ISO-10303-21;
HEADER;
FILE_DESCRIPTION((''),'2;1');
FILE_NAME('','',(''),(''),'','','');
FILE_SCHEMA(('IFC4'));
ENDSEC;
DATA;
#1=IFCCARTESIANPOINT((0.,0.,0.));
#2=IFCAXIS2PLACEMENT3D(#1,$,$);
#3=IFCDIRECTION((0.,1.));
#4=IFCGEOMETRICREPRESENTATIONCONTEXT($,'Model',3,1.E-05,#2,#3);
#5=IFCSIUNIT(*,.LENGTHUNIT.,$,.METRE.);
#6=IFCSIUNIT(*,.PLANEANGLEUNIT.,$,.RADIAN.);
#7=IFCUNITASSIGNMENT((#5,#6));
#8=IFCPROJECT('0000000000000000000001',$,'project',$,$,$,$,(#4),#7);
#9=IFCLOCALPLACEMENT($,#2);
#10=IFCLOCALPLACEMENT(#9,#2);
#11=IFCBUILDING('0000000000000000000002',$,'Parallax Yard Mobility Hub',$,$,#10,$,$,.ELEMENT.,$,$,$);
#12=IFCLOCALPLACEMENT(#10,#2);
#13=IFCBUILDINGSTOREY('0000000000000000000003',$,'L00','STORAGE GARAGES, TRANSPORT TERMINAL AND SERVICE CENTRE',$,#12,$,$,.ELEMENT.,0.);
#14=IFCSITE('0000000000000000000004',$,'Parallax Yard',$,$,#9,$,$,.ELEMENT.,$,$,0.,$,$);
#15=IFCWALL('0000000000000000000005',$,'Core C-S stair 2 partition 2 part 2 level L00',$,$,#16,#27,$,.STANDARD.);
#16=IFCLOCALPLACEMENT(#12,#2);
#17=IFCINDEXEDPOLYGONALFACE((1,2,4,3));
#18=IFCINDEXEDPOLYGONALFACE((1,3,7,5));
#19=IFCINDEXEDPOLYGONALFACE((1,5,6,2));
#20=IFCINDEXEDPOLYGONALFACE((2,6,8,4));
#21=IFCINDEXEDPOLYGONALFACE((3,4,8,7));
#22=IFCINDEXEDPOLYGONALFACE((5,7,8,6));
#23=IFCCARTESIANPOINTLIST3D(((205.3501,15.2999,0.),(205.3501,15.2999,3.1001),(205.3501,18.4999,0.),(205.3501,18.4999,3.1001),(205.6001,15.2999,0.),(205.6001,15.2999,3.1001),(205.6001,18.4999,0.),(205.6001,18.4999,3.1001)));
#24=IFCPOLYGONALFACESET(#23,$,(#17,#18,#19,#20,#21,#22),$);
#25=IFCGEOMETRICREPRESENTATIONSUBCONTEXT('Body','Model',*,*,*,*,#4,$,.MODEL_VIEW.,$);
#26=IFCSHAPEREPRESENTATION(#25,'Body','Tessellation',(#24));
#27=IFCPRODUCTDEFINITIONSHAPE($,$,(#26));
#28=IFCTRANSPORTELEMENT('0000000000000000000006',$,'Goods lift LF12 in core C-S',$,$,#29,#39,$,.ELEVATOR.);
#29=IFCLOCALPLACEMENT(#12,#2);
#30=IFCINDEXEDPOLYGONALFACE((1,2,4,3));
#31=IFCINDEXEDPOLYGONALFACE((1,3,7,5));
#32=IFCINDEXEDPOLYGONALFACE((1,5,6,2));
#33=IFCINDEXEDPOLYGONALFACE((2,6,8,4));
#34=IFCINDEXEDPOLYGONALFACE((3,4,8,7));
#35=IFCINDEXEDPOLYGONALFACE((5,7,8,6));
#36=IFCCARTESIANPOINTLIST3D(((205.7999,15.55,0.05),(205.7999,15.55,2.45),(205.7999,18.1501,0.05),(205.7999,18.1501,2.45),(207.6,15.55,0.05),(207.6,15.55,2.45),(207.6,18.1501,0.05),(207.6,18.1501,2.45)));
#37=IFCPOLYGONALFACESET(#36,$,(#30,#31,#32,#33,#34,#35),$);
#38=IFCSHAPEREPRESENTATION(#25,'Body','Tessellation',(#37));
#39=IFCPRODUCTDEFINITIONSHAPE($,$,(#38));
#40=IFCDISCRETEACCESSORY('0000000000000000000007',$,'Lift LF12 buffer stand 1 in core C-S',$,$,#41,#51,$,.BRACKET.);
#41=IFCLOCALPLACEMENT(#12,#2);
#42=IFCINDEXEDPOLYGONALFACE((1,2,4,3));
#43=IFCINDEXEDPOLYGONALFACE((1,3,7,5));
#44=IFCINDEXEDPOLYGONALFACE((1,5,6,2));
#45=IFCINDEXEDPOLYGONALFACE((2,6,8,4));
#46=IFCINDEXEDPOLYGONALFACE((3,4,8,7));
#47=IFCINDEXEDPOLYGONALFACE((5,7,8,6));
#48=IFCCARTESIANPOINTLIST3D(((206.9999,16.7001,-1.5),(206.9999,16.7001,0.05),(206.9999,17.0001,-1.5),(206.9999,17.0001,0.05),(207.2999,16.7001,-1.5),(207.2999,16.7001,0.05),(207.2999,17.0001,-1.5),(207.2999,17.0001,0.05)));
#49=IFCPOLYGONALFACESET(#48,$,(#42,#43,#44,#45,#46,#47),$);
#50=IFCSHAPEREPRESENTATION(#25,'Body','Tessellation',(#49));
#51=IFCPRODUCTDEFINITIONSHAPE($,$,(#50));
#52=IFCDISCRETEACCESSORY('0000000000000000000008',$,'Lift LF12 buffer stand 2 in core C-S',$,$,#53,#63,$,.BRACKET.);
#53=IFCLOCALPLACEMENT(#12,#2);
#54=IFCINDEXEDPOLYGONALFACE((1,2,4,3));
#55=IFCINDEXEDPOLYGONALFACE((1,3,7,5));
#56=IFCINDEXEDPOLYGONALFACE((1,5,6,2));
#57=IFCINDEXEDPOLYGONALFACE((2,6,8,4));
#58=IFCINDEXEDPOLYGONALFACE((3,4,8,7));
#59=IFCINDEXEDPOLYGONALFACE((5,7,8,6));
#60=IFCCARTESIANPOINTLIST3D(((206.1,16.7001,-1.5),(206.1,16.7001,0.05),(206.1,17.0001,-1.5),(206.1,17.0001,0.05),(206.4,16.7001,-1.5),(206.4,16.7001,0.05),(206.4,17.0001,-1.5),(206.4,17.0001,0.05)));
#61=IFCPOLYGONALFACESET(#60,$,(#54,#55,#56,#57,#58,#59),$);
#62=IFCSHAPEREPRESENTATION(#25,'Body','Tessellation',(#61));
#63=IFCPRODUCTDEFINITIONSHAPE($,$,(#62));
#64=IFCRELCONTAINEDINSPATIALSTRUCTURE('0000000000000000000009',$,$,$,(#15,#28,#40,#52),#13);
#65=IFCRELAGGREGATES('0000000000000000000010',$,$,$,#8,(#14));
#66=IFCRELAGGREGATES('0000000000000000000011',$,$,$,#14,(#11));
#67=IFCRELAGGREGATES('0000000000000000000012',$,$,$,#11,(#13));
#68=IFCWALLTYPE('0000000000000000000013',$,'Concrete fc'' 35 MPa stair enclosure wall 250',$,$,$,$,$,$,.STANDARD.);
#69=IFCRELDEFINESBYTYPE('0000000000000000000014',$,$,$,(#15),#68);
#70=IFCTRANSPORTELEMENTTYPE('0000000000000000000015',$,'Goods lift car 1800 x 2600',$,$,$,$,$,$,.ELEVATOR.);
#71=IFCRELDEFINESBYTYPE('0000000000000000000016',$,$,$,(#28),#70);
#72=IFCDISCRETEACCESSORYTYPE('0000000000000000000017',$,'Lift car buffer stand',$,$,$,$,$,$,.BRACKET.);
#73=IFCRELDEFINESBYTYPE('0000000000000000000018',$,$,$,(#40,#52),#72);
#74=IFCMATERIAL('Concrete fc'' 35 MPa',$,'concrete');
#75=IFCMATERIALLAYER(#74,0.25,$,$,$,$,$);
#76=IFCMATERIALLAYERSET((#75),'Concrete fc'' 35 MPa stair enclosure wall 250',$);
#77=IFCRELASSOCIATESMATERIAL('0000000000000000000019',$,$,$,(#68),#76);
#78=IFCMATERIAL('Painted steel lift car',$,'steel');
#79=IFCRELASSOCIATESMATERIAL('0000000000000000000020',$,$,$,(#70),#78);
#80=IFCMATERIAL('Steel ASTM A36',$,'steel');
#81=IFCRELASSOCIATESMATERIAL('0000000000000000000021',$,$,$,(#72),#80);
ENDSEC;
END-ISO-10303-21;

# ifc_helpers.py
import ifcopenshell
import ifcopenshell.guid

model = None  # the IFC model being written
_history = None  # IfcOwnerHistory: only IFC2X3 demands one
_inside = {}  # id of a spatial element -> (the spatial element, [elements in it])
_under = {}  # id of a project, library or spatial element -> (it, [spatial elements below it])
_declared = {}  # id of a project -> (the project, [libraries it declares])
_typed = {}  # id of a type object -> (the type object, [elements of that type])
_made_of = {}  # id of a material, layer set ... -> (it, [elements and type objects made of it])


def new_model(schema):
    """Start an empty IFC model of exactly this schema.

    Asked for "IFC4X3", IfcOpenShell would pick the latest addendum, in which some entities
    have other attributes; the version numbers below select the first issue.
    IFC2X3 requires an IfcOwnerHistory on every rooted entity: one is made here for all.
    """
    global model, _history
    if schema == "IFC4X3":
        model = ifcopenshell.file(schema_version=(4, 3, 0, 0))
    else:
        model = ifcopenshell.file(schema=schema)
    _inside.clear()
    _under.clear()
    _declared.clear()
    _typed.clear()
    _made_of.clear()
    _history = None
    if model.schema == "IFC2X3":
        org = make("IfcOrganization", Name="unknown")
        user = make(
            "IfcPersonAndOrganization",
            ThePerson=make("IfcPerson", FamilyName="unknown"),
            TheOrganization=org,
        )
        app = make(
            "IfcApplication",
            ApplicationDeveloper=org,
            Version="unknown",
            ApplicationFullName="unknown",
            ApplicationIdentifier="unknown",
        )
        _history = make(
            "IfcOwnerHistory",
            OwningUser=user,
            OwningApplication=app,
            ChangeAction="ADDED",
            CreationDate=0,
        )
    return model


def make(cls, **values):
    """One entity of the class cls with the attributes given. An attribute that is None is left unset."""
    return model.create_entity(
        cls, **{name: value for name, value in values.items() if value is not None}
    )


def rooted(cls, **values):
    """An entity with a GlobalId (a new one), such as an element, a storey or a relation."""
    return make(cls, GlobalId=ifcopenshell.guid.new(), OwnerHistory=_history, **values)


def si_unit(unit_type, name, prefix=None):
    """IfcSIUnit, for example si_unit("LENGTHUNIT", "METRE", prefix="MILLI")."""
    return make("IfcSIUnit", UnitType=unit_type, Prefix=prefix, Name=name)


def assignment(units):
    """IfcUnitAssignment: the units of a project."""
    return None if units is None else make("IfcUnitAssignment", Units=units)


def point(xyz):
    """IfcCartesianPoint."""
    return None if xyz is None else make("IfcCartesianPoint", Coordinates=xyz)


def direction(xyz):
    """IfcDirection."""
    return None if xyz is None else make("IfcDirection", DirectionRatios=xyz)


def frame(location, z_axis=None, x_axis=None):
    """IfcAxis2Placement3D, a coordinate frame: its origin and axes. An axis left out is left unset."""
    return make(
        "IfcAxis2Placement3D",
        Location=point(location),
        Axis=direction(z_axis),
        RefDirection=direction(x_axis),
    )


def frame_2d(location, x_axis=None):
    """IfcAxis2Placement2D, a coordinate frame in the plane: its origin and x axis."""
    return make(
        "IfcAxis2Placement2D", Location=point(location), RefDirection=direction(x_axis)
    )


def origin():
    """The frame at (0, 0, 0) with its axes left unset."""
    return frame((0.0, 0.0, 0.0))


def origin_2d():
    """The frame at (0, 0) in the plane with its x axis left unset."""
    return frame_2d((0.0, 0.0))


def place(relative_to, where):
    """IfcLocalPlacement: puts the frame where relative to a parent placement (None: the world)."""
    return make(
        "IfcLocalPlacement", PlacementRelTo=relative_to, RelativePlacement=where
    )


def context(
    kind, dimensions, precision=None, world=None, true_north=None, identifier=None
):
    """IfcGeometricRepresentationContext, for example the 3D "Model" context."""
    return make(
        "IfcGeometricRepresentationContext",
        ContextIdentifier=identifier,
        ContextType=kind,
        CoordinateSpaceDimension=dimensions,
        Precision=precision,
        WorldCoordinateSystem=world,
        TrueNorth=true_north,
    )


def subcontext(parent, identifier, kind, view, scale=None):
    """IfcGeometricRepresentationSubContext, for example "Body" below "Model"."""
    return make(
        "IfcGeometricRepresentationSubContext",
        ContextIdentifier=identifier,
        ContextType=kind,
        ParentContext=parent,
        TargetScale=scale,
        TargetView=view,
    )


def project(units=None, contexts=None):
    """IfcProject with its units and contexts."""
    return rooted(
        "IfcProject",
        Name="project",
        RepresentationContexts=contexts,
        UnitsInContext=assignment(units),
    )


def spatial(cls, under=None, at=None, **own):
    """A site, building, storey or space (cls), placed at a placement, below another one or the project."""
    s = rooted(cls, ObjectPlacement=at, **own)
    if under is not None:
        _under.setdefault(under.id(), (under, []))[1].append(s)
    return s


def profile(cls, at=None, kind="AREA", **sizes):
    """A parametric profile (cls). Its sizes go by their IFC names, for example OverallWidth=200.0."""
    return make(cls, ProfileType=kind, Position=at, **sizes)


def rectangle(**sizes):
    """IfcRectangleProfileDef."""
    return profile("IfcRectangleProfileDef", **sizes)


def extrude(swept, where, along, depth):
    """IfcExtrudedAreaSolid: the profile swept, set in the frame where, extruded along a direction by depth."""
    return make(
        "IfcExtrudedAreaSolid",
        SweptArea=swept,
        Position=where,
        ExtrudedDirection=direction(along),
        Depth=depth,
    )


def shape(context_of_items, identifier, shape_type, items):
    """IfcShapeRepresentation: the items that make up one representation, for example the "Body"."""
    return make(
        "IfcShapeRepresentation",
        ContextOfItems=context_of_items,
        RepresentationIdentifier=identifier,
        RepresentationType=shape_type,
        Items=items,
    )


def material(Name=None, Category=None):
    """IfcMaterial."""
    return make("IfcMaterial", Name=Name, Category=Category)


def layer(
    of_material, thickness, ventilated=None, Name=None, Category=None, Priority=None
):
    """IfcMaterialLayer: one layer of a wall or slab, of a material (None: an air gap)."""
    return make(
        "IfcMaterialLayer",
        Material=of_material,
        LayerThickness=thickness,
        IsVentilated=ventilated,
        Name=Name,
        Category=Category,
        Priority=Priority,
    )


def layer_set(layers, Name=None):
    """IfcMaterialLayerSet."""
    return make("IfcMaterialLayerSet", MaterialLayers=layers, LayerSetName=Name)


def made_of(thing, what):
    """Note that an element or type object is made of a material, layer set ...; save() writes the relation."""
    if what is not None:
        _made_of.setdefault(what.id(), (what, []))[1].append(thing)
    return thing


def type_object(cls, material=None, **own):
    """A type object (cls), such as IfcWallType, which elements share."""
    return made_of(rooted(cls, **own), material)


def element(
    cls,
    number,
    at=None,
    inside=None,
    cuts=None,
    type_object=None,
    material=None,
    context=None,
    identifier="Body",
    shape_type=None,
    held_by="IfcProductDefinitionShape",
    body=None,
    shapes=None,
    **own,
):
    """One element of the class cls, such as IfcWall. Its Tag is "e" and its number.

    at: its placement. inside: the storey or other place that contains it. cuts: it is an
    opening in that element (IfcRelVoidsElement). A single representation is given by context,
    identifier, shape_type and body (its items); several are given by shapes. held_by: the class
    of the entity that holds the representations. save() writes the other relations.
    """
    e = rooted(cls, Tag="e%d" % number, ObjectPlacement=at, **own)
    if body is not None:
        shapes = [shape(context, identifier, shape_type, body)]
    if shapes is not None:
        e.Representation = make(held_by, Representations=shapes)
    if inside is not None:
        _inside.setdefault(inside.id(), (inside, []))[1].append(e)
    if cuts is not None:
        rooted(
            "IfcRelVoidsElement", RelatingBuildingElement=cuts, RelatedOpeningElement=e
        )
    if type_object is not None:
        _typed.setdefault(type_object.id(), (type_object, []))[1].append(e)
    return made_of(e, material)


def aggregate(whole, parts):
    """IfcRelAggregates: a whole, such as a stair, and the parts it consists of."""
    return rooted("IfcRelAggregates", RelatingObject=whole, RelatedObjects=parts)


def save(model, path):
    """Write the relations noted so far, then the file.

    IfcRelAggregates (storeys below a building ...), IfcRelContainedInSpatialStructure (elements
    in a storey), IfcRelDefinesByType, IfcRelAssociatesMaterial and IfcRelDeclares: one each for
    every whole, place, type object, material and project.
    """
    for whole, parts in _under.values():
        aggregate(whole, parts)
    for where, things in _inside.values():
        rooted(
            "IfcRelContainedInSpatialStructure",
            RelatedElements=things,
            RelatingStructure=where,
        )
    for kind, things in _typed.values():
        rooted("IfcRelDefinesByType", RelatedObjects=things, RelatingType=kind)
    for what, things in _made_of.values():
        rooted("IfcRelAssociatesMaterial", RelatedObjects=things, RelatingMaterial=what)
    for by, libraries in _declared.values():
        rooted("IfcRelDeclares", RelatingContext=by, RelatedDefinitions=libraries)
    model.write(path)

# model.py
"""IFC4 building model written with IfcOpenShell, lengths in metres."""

from ifc_helpers import new_model, si_unit, direction, frame, frame_2d, origin, origin_2d, place, context, subcontext, project, spatial, rectangle, extrude, material, layer, layer_set, type_object, element, save


model = new_model("IFC4")

# Units and contexts
model_context = context("Model", 3, precision=1e-05, world=origin(), true_north=direction((0.0, 1.0)))
body_context = subcontext(model_context, "Body", "Model", "MODEL_VIEW")
ifc_project = project(units=[si_unit("LENGTHUNIT", "METRE"), si_unit("PLANEANGLEUNIT", "RADIAN")], contexts=[model_context])

# Site, building, storey
site_placement = place(None, origin())
site = spatial("IfcSite", under=ifc_project, at=site_placement, Name="Parallax Yard", CompositionType="ELEMENT", RefElevation=0.0)
building_placement = place(site_placement, origin())
building = spatial("IfcBuilding", under=site, at=building_placement, Name="Parallax Yard Mobility Hub", CompositionType="ELEMENT")
storey_placement = place(building_placement, origin())
storey = spatial("IfcBuildingStorey", under=building, at=storey_placement, Name="L00", Description="STORAGE GARAGES, TRANSPORT TERMINAL AND SERVICE CENTRE", CompositionType="ELEMENT", Elevation=0.0)

# Shared definitions
ifc_material_1 = material(Name="Concrete fc' 35 MPa", Category="concrete")

# Shared definitions
ifc_layer_1 = layer(ifc_material_1, 0.25)
ifc_layer_set_1 = layer_set([ifc_layer_1], Name="Concrete fc' 35 MPa stair enclosure wall 250")
wall_type_1 = type_object("IfcWallType", Name="Concrete fc' 35 MPa stair enclosure wall 250", PredefinedType="STANDARD", material=ifc_layer_set_1)

# Wall
wall_1_placement = place(storey_placement, frame((205.4751, 18.5, 0.0), z_axis=(0.0, 0.0, 1.0), x_axis=(0.0, -1.0, 0.0)))
element("IfcWall", 1, at=wall_1_placement, inside=storey, type_object=wall_type_1, Name="Core C-S stair 2 partition 2 part 2 level L00", PredefinedType="STANDARD", context=body_context, shape_type="SweptSolid", body=[
    extrude(rectangle(XDim=3.2, YDim=0.25, at=frame_2d((1.6001, 0.0))), origin(), (0.0, 0.0, 1.0), 3.1001),
])

# Transport element
ifc_material_2 = material(Name="Painted steel lift car", Category="steel")
transport_element_type = type_object("IfcTransportElementType", Name="Goods lift car 1800 x 2600", PredefinedType="ELEVATOR", material=ifc_material_2)
transport_element_placement = place(storey_placement, frame((206.7, 16.8501, 0.05), z_axis=(0.0, 0.0, 1.0), x_axis=(-1.0, 0.0, 0.0)))
element("IfcTransportElement", 2, at=transport_element_placement, inside=storey, type_object=transport_element_type, Name="Goods lift LF12 in core C-S", PredefinedType="ELEVATOR", context=body_context, shape_type="SweptSolid", body=[
    extrude(rectangle(XDim=1.8, YDim=2.6001, at=origin_2d()), origin(), (0.0, 0.0, 1.0), 2.3999),
])

# Discrete accessories
ifc_material_3 = material(Name="Steel ASTM A36", Category="steel")
discrete_accessory_type = type_object("IfcDiscreteAccessoryType", Name="Lift car buffer stand", PredefinedType="BRACKET", material=ifc_material_3)
for number, where, z_axis, x_axis, name in (
    (3, (207.1499, 16.8501, -1.5), (0.0, 0.0, 1.0), (-1.0, 0.0, 0.0), "Lift LF12 buffer stand 1 in core C-S"),
    (4, (206.25, 16.8501, -1.5), (0.0, 0.0, 1.0), (-1.0, 0.0, 0.0), "Lift LF12 buffer stand 2 in core C-S"),
):
    element("IfcDiscreteAccessory", number, at=place(storey_placement, frame(where, z_axis=z_axis, x_axis=x_axis)), inside=storey, type_object=discrete_accessory_type, Name=name, PredefinedType="BRACKET", context=body_context, shape_type="SweptSolid", body=[
        extrude(rectangle(XDim=0.3, YDim=0.3, at=origin_2d()), origin(), (0.0, 0.0, 1.0), 1.55),
    ])

save(model, "model.ifc")
